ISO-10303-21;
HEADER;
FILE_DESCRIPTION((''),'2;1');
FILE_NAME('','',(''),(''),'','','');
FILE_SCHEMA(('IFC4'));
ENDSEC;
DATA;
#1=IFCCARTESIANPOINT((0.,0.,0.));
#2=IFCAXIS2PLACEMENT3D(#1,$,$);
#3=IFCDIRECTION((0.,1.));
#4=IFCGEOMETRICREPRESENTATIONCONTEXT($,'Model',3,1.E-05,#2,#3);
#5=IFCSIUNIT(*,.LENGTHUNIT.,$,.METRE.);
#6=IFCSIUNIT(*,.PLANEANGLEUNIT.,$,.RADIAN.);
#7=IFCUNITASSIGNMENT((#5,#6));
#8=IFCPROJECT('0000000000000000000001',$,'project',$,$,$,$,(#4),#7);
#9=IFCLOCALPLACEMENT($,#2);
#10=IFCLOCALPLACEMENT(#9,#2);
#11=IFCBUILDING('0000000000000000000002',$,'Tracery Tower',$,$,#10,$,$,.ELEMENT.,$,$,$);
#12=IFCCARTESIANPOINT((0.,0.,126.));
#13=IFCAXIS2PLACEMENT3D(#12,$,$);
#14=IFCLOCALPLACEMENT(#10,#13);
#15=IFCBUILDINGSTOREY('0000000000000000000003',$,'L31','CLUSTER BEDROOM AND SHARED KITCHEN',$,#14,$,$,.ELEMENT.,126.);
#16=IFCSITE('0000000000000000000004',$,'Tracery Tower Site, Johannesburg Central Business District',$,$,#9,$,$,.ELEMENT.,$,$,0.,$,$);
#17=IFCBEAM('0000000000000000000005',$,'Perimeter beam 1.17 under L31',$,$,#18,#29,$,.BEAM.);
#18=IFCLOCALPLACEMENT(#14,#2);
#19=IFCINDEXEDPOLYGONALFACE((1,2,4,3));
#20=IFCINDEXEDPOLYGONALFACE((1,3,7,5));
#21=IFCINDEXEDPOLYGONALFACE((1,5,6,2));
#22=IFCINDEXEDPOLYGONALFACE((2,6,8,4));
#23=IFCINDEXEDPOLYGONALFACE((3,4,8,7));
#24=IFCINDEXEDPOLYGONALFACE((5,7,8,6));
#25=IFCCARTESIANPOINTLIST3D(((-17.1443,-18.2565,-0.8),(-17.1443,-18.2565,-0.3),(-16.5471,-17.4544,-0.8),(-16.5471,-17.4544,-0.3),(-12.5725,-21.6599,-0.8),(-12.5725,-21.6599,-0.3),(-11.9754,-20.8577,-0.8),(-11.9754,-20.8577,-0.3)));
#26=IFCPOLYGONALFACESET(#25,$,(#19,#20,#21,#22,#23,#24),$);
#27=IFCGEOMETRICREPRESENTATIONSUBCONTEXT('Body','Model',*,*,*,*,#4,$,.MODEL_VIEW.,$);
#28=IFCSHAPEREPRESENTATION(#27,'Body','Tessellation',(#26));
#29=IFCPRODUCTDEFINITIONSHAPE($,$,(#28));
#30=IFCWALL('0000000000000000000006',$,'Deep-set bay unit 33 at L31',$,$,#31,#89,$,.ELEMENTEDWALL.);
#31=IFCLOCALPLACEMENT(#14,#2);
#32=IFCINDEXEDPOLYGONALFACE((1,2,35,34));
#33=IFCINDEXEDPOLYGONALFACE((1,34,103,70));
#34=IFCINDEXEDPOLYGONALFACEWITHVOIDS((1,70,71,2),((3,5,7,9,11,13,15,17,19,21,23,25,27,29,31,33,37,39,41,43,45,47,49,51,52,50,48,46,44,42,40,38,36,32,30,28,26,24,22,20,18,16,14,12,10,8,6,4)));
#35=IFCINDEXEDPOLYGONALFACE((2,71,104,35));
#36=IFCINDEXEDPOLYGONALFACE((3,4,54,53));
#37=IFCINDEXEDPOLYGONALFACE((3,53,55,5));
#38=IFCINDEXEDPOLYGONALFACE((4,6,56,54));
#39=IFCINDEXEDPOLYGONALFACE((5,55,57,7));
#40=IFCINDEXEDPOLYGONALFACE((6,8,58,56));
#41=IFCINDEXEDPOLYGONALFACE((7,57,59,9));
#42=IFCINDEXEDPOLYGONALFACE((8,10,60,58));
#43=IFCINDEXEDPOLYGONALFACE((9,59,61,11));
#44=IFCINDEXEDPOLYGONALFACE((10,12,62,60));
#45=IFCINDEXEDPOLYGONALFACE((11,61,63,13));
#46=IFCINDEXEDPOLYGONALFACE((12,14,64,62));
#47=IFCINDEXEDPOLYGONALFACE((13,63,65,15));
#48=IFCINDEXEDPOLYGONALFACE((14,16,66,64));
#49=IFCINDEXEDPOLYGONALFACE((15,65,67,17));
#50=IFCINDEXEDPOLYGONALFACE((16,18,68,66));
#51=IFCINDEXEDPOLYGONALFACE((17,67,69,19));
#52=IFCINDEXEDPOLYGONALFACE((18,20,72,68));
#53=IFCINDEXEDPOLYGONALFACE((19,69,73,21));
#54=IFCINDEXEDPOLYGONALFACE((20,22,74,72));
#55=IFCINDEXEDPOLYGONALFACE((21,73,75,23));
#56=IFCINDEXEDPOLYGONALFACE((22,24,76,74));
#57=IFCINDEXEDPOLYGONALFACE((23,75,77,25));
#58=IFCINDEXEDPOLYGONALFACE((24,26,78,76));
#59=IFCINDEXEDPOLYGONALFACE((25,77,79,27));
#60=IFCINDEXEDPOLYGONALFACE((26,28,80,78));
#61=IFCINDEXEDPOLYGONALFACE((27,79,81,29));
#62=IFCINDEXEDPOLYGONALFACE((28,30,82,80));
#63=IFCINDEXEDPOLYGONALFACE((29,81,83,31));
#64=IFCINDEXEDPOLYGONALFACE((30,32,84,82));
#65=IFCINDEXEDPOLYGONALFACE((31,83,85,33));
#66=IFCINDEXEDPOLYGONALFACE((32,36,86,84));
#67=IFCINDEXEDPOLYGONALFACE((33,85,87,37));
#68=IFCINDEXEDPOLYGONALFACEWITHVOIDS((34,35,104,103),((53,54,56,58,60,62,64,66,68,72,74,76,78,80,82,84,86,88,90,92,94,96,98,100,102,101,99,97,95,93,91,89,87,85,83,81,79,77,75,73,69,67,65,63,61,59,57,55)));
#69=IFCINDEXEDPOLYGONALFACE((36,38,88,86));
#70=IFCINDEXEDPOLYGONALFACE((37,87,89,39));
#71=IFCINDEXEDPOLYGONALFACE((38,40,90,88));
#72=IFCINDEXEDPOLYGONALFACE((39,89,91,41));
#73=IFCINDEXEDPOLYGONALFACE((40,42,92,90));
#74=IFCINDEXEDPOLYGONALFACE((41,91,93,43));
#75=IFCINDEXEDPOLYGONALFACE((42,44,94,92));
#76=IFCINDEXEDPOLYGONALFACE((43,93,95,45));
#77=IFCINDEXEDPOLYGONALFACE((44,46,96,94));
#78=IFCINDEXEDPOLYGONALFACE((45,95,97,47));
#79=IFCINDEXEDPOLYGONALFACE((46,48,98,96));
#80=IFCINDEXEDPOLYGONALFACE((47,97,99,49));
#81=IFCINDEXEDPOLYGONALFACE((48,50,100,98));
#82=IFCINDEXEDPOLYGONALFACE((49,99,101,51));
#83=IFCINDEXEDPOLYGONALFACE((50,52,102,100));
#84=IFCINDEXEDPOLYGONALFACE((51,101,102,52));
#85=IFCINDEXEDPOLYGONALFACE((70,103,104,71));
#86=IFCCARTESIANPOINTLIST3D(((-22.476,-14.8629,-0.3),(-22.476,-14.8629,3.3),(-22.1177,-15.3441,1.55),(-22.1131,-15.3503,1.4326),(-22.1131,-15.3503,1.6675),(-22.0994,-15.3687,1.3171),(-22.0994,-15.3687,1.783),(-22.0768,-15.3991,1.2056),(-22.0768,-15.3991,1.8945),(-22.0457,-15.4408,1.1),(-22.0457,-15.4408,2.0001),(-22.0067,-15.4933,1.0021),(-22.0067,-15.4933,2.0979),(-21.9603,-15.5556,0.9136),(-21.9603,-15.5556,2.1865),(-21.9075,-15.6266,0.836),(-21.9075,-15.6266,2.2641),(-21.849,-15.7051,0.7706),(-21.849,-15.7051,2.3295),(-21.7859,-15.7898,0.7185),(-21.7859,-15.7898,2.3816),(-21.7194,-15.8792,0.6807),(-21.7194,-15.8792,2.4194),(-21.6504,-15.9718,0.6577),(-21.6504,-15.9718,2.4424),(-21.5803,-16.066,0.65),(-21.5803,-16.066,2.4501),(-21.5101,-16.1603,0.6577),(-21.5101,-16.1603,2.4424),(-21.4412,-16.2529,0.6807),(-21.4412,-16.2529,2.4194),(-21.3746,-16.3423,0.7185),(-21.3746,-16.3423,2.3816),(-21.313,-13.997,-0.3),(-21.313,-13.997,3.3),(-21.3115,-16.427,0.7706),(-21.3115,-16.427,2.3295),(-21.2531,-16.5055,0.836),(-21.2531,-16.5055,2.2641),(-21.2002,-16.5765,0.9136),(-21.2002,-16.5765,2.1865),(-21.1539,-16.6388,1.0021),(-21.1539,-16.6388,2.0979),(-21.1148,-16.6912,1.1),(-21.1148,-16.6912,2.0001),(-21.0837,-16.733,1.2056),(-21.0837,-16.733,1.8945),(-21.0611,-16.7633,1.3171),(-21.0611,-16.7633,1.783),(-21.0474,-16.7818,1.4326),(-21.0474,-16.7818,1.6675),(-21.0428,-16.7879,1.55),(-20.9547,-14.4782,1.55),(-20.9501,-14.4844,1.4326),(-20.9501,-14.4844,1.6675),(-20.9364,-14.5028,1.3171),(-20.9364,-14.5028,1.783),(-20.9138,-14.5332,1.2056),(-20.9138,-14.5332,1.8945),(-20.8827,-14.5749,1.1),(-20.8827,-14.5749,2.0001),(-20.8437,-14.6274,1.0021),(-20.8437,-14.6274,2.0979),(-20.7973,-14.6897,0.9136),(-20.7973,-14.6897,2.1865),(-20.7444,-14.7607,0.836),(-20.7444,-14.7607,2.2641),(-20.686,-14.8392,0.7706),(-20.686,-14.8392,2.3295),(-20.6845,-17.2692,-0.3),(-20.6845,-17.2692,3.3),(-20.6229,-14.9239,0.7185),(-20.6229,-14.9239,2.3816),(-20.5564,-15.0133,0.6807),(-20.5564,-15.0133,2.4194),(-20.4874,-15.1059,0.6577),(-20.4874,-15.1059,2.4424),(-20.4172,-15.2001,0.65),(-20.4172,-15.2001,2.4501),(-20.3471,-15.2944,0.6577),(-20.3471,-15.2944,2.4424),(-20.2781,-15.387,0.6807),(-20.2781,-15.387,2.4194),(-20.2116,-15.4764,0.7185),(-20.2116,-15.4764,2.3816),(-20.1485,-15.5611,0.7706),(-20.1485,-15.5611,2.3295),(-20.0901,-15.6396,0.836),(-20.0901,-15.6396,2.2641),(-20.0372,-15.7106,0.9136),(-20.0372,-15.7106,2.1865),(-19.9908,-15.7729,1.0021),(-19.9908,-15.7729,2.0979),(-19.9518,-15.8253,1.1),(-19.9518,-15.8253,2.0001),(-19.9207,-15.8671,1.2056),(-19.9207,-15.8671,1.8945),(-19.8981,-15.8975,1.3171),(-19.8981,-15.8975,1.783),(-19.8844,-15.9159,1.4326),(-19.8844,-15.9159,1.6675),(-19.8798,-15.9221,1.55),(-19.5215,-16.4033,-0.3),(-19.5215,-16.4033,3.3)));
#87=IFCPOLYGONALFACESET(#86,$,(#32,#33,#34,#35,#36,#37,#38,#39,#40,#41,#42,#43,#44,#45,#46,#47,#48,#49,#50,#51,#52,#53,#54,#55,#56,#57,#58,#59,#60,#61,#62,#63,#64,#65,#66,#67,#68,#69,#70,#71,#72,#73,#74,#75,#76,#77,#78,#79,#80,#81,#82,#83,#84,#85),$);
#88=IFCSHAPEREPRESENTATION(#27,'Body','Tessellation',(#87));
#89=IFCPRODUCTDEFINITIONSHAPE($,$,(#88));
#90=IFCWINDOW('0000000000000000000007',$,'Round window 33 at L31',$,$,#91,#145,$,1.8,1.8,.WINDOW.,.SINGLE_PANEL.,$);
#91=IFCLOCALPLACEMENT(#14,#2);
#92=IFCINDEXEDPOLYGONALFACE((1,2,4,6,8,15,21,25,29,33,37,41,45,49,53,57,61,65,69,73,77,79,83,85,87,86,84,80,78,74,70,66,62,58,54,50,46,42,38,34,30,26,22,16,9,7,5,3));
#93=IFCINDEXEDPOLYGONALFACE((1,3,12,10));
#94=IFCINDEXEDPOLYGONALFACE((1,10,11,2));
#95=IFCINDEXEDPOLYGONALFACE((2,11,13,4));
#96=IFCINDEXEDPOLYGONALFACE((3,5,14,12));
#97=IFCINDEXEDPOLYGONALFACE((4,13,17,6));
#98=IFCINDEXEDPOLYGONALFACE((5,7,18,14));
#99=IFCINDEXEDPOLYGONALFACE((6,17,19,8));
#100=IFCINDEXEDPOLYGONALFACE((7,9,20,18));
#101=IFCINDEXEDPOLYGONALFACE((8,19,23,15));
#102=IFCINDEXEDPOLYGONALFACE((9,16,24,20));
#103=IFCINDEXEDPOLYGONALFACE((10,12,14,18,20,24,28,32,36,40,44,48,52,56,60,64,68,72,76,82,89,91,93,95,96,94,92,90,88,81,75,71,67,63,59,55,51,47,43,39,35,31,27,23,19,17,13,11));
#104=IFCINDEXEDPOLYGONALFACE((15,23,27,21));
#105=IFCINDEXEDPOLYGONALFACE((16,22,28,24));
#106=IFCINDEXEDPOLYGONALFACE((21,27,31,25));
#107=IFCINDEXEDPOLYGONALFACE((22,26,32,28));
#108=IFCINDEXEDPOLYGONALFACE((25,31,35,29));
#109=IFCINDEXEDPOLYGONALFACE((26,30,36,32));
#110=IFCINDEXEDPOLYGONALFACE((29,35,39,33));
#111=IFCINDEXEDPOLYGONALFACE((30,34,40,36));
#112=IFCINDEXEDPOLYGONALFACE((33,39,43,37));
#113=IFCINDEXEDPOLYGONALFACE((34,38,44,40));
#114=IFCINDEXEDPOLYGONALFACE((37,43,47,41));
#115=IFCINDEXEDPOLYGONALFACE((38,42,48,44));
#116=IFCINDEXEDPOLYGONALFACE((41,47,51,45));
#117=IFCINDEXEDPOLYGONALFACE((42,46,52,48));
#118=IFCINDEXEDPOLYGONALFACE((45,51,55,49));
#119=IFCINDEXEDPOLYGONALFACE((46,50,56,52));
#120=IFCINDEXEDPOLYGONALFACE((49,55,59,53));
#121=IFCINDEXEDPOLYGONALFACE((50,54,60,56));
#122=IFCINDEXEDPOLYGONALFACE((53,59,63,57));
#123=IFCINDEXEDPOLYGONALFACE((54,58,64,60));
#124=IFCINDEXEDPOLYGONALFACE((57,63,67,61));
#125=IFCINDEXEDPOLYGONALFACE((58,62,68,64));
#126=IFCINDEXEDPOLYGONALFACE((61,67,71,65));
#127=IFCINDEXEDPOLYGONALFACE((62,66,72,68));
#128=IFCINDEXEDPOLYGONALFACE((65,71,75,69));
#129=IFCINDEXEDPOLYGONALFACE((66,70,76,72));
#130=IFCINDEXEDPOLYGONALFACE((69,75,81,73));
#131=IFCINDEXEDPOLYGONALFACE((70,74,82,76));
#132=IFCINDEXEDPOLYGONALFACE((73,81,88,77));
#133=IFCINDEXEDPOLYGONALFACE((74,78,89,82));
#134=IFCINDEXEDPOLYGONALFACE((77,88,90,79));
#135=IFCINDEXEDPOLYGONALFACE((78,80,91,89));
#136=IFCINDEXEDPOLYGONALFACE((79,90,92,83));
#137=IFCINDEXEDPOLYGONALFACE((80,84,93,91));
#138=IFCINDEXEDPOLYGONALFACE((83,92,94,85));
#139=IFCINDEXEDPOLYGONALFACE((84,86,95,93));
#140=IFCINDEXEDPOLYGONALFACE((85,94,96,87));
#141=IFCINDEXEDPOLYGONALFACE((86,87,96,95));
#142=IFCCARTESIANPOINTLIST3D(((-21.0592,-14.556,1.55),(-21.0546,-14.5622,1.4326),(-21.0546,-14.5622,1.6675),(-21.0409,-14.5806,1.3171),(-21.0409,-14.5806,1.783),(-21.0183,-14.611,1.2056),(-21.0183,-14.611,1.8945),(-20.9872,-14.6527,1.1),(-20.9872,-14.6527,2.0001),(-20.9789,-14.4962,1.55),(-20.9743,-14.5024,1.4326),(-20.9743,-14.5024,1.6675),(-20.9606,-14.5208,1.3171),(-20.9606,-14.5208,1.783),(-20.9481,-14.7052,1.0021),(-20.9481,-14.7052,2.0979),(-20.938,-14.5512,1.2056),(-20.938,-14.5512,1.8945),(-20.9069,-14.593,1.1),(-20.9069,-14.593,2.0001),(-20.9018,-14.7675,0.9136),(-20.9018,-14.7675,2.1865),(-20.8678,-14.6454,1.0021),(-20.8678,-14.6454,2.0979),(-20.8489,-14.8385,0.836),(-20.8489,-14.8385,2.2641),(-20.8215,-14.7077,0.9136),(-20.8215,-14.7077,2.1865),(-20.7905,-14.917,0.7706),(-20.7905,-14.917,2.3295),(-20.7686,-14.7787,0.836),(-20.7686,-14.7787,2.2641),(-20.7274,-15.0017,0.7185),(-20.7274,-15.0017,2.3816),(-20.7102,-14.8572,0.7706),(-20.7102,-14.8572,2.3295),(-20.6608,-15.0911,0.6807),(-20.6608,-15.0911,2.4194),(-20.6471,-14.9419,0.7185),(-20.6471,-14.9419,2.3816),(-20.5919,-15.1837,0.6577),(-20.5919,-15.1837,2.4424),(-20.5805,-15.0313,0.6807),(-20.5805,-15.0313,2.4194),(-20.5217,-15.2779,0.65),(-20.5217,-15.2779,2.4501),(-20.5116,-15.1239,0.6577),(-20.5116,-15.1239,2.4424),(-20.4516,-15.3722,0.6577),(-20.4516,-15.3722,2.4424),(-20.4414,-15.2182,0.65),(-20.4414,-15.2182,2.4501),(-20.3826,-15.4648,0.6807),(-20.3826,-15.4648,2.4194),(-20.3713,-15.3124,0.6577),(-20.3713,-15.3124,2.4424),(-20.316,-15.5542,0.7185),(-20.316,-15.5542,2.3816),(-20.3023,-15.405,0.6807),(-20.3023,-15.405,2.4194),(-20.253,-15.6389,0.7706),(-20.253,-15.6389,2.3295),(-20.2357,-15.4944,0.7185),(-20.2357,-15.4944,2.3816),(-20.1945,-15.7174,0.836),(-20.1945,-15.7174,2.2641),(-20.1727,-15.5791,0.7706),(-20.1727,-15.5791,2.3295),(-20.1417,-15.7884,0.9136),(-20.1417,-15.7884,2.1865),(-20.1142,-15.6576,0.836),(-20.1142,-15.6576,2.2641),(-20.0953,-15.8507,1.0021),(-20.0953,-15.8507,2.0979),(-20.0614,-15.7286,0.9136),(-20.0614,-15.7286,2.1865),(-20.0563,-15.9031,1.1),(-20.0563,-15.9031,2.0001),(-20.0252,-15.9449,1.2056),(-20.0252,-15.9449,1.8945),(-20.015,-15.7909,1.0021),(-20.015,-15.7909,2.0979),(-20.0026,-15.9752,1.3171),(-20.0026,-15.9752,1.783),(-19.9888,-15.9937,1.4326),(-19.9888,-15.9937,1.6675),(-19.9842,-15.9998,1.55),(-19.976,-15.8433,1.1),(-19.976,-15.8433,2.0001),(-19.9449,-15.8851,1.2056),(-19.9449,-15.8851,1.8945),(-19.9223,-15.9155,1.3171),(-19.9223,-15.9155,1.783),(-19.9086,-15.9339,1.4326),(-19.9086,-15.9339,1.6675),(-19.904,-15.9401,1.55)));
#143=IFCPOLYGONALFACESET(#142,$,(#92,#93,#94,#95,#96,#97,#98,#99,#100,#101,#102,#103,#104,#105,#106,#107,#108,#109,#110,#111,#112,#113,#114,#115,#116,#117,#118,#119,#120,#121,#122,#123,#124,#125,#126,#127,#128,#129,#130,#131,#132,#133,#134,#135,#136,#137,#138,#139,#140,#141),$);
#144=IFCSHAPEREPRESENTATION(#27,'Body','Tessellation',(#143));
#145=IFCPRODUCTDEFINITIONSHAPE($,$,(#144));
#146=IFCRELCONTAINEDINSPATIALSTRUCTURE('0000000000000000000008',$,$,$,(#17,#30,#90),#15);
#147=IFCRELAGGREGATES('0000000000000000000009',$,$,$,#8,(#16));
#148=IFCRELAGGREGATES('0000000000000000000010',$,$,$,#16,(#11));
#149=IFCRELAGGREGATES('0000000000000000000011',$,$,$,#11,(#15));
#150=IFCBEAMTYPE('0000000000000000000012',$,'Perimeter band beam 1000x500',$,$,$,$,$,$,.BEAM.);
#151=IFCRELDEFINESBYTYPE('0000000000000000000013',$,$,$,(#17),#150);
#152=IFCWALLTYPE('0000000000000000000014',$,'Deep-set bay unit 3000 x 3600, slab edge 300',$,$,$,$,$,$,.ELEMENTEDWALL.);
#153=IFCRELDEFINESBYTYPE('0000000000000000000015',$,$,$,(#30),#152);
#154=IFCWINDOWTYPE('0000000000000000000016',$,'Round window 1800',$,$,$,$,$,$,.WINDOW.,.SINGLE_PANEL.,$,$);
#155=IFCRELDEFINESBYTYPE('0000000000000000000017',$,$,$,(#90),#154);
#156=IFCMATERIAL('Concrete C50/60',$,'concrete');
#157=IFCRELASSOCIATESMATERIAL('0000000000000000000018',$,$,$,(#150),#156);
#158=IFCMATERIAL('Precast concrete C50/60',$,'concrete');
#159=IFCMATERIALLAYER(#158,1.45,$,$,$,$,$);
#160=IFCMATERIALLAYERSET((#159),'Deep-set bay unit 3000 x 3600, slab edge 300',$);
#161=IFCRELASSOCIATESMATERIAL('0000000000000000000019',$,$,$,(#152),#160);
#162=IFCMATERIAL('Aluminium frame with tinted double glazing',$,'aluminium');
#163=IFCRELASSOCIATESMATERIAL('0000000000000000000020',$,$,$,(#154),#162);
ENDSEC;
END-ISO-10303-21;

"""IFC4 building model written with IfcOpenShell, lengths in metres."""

from ifc_helpers import new_model, si_unit, direction, frame, frame_2d, origin, origin_2d, place, context, subcontext, project, spatial, rectangle, circle, extrude, material, layer, layer_set, material_profile, profile_set, type_object, element, fill, save


model = new_model("IFC4")

# Units and contexts
model_context = context("Model", 3, precision=1e-05, world=origin(), true_north=direction((0.0, 1.0)))
body_context = subcontext(model_context, "Body", "Model", "MODEL_VIEW")
ifc_project = project(units=[si_unit("LENGTHUNIT", "METRE"), si_unit("PLANEANGLEUNIT", "RADIAN")], contexts=[model_context])

# Site, building, storey
site_placement = place(None, origin())
site = spatial("IfcSite", under=ifc_project, at=site_placement, Name="Tracery Tower Site, Johannesburg Central Business District", CompositionType="ELEMENT", RefElevation=0.0)
building_placement = place(site_placement, origin())
building = spatial("IfcBuilding", under=site, at=building_placement, Name="Tracery Tower", CompositionType="ELEMENT")
storey_placement = place(building_placement, frame((0.0, 0.0, 126.0)))
storey = spatial("IfcBuildingStorey", under=building, at=storey_placement, Name="L31", Description="CLUSTER BEDROOM AND SHARED KITCHEN", CompositionType="ELEMENT", Elevation=126.0)

# Beam
ifc_material_1 = material(Name="Concrete C50/60", Category="concrete")
ifc_material_profile_1 = material_profile(ifc_material_1, rectangle(XDim=1.0, YDim=0.5, at=origin_2d()), Name="RC 1000x500")
ifc_profile_set_1 = profile_set([ifc_material_profile_1], Name="Concrete C50/60")
beam_type_1 = type_object("IfcBeamType", Name="Perimeter band beam 1000x500", PredefinedType="BEAM", material=ifc_profile_set_1)
beam_1_placement = place(storey_placement, frame((-16.8457, -17.8555, -0.55), z_axis=(0.802144, -0.597131, 0.0), x_axis=(0.597131, 0.802144, 0.0)))
element("IfcBeam", 1, at=beam_1_placement, inside=storey, type_object=beam_type_1, Name="Perimeter beam 1.17 under L31", PredefinedType="BEAM", context=body_context, shape_type="SweptSolid", body=[
    extrude(rectangle(XDim=1.0, YDim=0.5, at=origin_2d()), origin(), (0.0, 0.0, 1.0), 5.6995),
])

# Wall, opening, window
ifc_material_2 = material(Name="Precast concrete C50/60", Category="concrete")
ifc_layer_1 = layer(ifc_material_2, 1.45)
ifc_layer_set_1 = layer_set([ifc_layer_1], Name="Deep-set bay unit 3000 x 3600, slab edge 300")
wall_type_1 = type_object("IfcWallType", Name="Deep-set bay unit 3000 x 3600, slab edge 300", PredefinedType="ELEMENTEDWALL", material=ifc_layer_set_1)
wall_1_placement = place(storey_placement, frame((-21.8945, -14.4299, -0.3), z_axis=(0.0, 0.0, 1.0), x_axis=(0.597184, -0.802104, 0.0)))
wall_1 = element("IfcWall", 2, at=wall_1_placement, inside=storey, type_object=wall_type_1, Name="Deep-set bay unit 33 at L31", PredefinedType="ELEMENTEDWALL", context=body_context, shape_type="SweptSolid", body=[
    extrude(rectangle(XDim=3.0, YDim=1.45, at=frame_2d((1.5, 0.0))), origin(), (0.0, 0.0, 1.0), 3.6001),
])
opening_1_placement = place(wall_1_placement, frame((1.5, 0.0, 1.8501)))
opening_1 = element("IfcOpeningElement", 3, at=opening_1_placement, cuts=wall_1, PredefinedType="OPENING", context=body_context, shape_type="SweptSolid", body=[
    extrude(circle(Radius=0.9, at=origin_2d()), frame((0.0, 0.7349, 0.0), z_axis=(0.0, -1.0, 0.0), x_axis=(1.0, 0.0, 0.0)), (0.0, 0.0, 1.0), 1.47),
])
ifc_material_3 = material(Name="Aluminium frame with tinted double glazing", Category="aluminium")
window_type = type_object("IfcWindowType", Name="Round window 1800", PartitioningType="SINGLE_PANEL", PredefinedType="WINDOW", material=ifc_material_3)
window_1_placement = place(opening_1_placement, origin())
window_1 = element("IfcWindow", 4, at=window_1_placement, inside=storey, type_object=window_type, Name="Round window 33 at L31", OverallHeight=1.8, OverallWidth=1.8, PartitioningType="SINGLE_PANEL", PredefinedType="WINDOW", context=body_context, shape_type="SweptSolid", body=[
    extrude(circle(Radius=0.9, at=origin_2d()), frame((0.0, 0.6948, 0.0), z_axis=(0.0, -1.0, 0.0), x_axis=(1.0, 0.0, 0.0)), (0.0, 0.0, 1.0), 0.1001),
])
fill(opening_1, window_1)

save(model, "model.ifc")
